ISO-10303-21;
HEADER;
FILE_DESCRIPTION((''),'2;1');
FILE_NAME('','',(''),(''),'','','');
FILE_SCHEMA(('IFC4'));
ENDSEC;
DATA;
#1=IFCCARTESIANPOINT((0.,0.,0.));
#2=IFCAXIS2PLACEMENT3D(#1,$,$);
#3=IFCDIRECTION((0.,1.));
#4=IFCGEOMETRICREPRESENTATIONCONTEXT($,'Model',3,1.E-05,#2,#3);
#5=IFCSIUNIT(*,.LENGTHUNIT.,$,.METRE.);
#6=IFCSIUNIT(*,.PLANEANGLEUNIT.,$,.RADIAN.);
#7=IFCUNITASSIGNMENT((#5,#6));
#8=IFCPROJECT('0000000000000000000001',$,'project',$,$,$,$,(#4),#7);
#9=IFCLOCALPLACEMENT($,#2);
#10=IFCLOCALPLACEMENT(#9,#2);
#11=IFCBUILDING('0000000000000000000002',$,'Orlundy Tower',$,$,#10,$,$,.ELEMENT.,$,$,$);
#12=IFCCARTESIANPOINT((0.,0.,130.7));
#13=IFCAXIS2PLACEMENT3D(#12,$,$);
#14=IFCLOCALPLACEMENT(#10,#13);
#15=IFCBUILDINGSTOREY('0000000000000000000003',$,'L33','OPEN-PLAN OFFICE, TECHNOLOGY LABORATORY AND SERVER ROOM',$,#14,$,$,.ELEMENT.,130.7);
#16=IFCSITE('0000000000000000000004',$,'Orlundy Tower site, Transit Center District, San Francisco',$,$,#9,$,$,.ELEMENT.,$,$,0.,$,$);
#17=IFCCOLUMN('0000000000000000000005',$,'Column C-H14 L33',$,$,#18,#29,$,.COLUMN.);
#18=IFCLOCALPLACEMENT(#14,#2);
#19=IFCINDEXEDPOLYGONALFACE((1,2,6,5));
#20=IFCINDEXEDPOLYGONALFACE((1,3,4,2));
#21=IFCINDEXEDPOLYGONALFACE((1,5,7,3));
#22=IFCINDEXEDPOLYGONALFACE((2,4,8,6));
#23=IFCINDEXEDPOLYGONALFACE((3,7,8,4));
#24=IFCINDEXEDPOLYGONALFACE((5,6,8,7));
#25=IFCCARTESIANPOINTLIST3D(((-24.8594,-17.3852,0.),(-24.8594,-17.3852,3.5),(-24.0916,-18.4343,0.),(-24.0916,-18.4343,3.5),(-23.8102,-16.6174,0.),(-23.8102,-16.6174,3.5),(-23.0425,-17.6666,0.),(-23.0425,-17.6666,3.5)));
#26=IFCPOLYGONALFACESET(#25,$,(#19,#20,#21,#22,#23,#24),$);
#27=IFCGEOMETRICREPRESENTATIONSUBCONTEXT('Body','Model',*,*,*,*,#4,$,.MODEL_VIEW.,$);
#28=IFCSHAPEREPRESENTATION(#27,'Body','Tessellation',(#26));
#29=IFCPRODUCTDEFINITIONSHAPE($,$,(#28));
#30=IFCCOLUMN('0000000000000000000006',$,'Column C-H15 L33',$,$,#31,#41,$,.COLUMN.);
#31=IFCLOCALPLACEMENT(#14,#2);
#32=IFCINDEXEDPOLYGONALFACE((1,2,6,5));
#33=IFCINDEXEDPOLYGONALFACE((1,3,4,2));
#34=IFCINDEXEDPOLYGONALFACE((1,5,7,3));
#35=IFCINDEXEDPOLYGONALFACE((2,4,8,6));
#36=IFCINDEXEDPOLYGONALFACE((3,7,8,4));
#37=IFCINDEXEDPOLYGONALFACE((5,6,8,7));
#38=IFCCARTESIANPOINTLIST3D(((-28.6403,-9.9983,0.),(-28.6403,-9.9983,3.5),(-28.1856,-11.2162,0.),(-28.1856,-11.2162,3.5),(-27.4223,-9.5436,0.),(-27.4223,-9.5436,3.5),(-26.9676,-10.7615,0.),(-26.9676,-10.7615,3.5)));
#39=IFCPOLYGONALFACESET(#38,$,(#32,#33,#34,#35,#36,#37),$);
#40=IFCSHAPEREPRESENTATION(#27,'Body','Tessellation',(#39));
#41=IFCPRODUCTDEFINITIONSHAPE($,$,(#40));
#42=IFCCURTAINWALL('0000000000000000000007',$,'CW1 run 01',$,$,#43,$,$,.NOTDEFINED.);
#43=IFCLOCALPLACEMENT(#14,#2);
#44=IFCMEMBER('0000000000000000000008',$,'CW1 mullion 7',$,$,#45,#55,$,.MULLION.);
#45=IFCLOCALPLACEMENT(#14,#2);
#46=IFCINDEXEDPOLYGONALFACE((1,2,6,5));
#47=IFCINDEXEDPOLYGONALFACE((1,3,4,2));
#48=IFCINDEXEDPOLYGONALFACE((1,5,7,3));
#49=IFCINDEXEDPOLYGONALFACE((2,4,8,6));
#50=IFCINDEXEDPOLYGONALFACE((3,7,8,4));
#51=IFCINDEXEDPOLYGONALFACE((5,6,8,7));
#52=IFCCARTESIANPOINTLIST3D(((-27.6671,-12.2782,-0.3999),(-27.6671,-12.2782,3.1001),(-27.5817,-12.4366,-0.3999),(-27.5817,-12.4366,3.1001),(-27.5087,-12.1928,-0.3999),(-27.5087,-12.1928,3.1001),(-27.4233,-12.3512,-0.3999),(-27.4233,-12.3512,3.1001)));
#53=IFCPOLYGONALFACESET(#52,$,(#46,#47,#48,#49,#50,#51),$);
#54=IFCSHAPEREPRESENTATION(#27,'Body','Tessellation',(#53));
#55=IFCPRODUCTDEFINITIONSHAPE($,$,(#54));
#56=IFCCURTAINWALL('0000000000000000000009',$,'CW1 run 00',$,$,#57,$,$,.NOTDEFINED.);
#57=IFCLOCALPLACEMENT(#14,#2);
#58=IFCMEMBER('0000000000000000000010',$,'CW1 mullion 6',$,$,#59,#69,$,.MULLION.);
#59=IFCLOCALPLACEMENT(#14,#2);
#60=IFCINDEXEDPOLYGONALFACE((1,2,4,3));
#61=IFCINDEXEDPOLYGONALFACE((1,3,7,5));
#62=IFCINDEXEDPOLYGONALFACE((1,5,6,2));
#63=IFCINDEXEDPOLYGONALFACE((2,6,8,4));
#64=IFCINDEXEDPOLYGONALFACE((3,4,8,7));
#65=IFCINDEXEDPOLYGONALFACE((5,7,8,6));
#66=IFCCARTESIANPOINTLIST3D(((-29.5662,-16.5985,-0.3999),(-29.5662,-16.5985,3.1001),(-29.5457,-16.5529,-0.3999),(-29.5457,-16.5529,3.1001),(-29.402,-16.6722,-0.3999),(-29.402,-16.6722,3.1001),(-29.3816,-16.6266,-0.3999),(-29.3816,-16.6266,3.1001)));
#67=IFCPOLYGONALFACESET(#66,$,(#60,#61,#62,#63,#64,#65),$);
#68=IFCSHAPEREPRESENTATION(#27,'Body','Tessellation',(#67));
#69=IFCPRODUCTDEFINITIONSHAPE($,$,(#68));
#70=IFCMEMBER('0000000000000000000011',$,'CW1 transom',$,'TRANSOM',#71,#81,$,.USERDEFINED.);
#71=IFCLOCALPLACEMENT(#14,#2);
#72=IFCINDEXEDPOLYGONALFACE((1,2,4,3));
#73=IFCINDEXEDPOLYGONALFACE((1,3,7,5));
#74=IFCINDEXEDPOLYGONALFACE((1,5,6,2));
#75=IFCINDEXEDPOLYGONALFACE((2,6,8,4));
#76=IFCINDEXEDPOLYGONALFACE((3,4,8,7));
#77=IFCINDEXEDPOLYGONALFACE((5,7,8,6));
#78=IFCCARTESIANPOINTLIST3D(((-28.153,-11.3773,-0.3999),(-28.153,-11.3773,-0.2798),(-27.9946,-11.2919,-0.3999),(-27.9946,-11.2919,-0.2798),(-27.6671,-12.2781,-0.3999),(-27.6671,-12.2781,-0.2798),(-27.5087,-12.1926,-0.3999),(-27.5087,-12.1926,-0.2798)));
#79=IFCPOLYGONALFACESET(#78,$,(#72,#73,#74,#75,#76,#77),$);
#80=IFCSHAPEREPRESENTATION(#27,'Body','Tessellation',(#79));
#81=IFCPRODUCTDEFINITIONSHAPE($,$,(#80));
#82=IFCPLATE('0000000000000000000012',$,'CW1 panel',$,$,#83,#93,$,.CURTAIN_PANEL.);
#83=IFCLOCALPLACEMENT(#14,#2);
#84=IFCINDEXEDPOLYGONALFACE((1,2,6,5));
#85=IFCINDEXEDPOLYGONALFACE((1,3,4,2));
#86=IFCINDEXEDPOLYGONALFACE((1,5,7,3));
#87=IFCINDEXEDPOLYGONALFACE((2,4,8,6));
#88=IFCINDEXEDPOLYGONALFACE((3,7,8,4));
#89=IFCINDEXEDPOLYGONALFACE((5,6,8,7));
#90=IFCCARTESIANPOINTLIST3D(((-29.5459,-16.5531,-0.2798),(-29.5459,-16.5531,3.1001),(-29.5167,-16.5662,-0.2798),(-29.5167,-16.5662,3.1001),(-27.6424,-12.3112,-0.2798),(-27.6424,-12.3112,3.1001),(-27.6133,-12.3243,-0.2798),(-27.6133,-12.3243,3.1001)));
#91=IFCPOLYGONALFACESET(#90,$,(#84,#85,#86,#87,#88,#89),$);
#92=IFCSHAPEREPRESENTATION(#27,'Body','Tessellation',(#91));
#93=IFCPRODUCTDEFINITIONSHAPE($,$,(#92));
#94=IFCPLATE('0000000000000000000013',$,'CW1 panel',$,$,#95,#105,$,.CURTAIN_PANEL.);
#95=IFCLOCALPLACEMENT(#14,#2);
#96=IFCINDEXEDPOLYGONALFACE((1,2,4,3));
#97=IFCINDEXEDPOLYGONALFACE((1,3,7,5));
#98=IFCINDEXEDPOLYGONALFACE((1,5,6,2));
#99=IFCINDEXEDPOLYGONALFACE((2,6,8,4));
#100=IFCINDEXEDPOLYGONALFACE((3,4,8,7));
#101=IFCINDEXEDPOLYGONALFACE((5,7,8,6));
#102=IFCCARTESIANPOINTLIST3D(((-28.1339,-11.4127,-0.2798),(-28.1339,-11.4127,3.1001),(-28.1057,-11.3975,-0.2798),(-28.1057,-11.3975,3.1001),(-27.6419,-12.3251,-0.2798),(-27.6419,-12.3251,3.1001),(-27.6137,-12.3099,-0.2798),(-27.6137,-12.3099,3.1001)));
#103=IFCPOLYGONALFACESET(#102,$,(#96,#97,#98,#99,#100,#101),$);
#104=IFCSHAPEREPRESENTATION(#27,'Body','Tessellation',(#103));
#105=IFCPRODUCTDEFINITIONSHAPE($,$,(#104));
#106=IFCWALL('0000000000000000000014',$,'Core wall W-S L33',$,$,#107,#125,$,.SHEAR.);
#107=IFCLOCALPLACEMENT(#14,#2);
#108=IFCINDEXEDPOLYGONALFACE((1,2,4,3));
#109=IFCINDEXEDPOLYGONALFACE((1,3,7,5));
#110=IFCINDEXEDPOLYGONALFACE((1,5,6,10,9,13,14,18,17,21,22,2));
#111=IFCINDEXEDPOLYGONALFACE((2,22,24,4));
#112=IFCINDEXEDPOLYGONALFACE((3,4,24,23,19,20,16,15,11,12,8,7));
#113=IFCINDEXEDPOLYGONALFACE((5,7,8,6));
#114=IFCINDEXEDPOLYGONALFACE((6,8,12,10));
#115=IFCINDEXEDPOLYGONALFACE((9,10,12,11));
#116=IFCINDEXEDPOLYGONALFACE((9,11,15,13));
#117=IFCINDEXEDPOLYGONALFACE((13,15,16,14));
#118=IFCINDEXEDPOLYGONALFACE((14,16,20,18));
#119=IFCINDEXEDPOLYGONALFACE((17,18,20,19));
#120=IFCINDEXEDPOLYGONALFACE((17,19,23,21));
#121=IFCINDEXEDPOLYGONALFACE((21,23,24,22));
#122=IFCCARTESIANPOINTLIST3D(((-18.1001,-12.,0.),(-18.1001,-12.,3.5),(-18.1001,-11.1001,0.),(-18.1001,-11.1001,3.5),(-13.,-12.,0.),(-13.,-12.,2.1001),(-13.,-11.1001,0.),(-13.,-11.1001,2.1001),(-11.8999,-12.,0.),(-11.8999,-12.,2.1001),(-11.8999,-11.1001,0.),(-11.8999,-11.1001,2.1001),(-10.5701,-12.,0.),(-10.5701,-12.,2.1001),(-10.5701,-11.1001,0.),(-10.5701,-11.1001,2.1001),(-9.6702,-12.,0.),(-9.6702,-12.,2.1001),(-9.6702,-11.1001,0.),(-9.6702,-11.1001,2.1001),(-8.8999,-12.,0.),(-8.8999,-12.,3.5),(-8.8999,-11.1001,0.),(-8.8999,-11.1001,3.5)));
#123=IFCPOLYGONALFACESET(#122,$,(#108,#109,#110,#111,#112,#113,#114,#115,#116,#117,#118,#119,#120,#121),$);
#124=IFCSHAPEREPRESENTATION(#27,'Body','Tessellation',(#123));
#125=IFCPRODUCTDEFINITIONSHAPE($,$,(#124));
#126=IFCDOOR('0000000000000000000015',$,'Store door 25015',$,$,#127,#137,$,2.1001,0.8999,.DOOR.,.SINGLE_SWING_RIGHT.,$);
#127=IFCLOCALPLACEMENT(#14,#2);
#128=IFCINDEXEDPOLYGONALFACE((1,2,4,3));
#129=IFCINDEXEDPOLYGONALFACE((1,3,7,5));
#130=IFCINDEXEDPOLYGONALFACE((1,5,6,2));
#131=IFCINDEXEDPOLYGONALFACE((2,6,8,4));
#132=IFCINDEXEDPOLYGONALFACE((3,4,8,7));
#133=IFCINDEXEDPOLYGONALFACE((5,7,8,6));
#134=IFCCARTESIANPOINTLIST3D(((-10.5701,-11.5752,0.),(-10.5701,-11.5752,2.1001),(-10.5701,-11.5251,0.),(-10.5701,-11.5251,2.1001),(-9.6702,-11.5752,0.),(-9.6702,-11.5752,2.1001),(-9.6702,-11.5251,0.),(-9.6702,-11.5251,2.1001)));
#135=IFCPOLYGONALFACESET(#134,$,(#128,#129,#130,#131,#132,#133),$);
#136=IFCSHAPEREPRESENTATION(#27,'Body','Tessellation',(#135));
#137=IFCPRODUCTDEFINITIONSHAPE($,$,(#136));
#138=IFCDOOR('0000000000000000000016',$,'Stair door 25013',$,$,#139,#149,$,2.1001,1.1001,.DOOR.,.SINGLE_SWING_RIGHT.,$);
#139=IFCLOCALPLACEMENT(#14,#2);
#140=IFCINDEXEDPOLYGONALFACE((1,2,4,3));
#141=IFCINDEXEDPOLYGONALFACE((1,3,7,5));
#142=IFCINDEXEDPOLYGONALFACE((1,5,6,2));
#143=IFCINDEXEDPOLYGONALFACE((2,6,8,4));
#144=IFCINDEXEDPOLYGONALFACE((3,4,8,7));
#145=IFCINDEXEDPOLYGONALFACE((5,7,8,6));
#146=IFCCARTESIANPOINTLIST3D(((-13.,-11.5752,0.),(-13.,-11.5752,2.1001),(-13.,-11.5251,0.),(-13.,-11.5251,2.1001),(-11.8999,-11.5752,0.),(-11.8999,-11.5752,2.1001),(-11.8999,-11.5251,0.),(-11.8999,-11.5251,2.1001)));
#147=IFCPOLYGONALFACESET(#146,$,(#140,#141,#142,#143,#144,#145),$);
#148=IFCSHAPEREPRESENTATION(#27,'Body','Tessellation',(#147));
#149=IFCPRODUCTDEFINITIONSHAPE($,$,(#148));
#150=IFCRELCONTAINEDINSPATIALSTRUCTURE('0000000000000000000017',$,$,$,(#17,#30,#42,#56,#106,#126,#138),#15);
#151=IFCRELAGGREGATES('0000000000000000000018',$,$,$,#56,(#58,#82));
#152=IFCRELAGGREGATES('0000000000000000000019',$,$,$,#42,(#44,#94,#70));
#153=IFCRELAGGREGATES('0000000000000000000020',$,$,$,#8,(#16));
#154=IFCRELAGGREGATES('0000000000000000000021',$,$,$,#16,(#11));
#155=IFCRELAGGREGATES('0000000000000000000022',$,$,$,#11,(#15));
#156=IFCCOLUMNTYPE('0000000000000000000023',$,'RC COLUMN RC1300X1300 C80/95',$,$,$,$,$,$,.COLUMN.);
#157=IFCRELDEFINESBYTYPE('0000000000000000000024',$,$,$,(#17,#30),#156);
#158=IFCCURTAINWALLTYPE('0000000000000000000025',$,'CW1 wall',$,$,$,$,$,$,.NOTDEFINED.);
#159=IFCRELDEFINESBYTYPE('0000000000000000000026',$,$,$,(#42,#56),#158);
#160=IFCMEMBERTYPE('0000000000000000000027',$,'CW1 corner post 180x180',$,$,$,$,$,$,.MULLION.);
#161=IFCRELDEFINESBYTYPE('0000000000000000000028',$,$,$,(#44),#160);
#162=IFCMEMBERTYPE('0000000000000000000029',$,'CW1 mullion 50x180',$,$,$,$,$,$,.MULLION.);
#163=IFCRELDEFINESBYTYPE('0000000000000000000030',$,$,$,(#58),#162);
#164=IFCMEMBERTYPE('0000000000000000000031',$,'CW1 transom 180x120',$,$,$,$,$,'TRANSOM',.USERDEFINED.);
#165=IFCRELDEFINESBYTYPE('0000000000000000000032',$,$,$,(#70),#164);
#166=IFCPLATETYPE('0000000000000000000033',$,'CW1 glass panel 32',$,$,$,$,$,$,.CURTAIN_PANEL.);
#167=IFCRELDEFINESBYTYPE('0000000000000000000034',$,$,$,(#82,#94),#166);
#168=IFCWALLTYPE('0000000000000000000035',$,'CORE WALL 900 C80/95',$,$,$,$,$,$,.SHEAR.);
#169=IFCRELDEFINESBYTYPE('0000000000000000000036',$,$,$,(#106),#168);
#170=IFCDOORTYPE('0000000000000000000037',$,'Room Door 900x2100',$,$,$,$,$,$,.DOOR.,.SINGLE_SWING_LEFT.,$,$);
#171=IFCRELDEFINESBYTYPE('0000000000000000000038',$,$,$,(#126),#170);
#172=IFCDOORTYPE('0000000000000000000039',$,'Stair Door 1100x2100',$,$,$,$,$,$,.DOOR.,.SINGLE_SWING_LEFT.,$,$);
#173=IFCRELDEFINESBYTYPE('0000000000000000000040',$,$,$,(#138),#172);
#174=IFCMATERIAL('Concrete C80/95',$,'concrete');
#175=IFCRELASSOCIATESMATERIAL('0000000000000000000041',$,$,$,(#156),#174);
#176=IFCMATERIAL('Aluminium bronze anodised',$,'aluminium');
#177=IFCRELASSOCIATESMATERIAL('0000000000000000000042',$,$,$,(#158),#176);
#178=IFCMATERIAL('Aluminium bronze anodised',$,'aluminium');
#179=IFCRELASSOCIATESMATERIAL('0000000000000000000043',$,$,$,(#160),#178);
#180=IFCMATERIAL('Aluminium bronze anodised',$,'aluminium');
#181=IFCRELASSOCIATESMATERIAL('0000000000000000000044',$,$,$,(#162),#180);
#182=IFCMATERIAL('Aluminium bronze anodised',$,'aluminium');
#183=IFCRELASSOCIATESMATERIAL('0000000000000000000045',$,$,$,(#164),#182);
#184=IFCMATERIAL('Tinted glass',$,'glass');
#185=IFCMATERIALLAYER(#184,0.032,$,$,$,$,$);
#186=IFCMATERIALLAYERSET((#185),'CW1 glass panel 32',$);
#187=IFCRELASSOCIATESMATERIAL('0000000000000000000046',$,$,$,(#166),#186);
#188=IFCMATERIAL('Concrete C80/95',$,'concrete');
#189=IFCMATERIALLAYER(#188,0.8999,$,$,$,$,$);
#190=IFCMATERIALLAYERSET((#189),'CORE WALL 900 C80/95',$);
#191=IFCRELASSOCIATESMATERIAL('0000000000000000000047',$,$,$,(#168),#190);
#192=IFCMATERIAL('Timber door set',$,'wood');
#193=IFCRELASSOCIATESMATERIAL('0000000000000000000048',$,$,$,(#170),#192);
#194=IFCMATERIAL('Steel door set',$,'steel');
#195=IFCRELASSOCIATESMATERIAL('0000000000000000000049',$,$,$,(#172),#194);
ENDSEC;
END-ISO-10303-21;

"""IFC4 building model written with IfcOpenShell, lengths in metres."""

from ifc_helpers import new_model, si_unit, direction, frame, frame_2d, origin, origin_2d, place, context, subcontext, project, spatial, rectangle, extrude, material, layer, layer_set, material_profile, profile_set, type_object, element, fill, aggregate, save


model = new_model("IFC4")

# Units and contexts
model_context = context("Model", 3, precision=1e-05, world=origin(), true_north=direction((0.0, 1.0)))
body_context = subcontext(model_context, "Body", "Model", "MODEL_VIEW")
ifc_project = project(units=[si_unit("LENGTHUNIT", "METRE"), si_unit("PLANEANGLEUNIT", "RADIAN")], contexts=[model_context])

# Site, building, storey
site_placement = place(None, origin())
site = spatial("IfcSite", under=ifc_project, at=site_placement, Name="Orlundy Tower site, Transit Center District, San Francisco", CompositionType="ELEMENT", RefElevation=0.0)
building_placement = place(site_placement, origin())
building = spatial("IfcBuilding", under=site, at=building_placement, Name="Orlundy Tower", CompositionType="ELEMENT")
storey_placement = place(building_placement, frame((0.0, 0.0, 130.7)))
storey = spatial("IfcBuildingStorey", under=building, at=storey_placement, Name="L33", Description="OPEN-PLAN OFFICE, TECHNOLOGY LABORATORY AND SERVER ROOM", CompositionType="ELEMENT", Elevation=130.7)

# Columns
ifc_material_1 = material(Name="Concrete C80/95", Category="concrete")
ifc_material_profile_1 = material_profile(ifc_material_1, rectangle(XDim=1.3, YDim=1.3, at=origin_2d()), Name="RC1300X1300")
ifc_profile_set_1 = profile_set([ifc_material_profile_1], Name="Concrete C80/95")
column_type = type_object("IfcColumnType", Name="RC COLUMN RC1300X1300 C80/95", PredefinedType="COLUMN", material=ifc_profile_set_1)
for number, where, z_axis, x_axis, name in (
    (1, (-23.9509, -17.5259, 0.0), (0.0, 0.0, 1.0), (-0.807012, -0.590535, 0.0), "Column C-H14 L33"),
    (2, (-27.804, -10.3799, 0.0), (0.0, 0.0, 1.0), (-0.936843, -0.34975, 0.0), "Column C-H15 L33"),
):
    element("IfcColumn", number, at=place(storey_placement, frame(where, z_axis=z_axis, x_axis=x_axis)), inside=storey, type_object=column_type, Name=name, PredefinedType="COLUMN", context=body_context, shape_type="SweptSolid", body=[
        extrude(rectangle(XDim=1.3, YDim=1.3, at=origin_2d()), origin(), (0.0, 0.0, 1.0), 3.5),
    ])

# Curtain walls, members
ifc_material_2 = material(Name="Aluminium bronze anodised", Category="aluminium")
curtain_wall_type = type_object("IfcCurtainWallType", Name="CW1 wall", PredefinedType="NOTDEFINED", material=ifc_material_2)
curtain_wall_1_placement = place(storey_placement, origin())
curtain_wall_1 = element("IfcCurtainWall", 3, at=curtain_wall_1_placement, inside=storey, type_object=curtain_wall_type, Name="CW1 run 01", PredefinedType="NOTDEFINED")
ifc_material_3 = material(Name="Aluminium bronze anodised", Category="aluminium")
ifc_material_profile_2 = material_profile(ifc_material_3, rectangle(XDim=0.1799, YDim=0.1799, at=origin_2d()), Name="CW1 corner post 180x180")
ifc_profile_set_2 = profile_set([ifc_material_profile_2], Name="Aluminium bronze anodised")
member_type_1 = type_object("IfcMemberType", Name="CW1 corner post 180x180", PredefinedType="MULLION", material=ifc_profile_set_2)
member_1_placement = place(storey_placement, frame((-27.5452, -12.3147, -0.3999), z_axis=(0.0, 0.0, 1.0), x_axis=(-0.880189, -0.474624, 0.0)))
member_1 = element("IfcMember", 4, at=member_1_placement, type_object=member_type_1, Name="CW1 mullion 7", PredefinedType="MULLION", context=body_context, shape_type="SweptSolid", body=[
    extrude(rectangle(XDim=0.1799, YDim=0.1799, at=origin_2d()), origin(), (0.0, 0.0, 1.0), 3.5),
])
curtain_wall_2_placement = place(storey_placement, origin())
curtain_wall_2 = element("IfcCurtainWall", 5, at=curtain_wall_2_placement, inside=storey, type_object=curtain_wall_type, Name="CW1 run 00", PredefinedType="NOTDEFINED")
ifc_material_4 = material(Name="Aluminium bronze anodised", Category="aluminium")
ifc_material_profile_3 = material_profile(ifc_material_4, rectangle(XDim=0.1799, YDim=0.05, at=origin_2d()), Name="CW1 mullion 50x180")
ifc_profile_set_3 = profile_set([ifc_material_profile_3], Name="Aluminium bronze anodised")
member_type_2 = type_object("IfcMemberType", Name="CW1 mullion 50x180", PredefinedType="MULLION", material=ifc_profile_set_3)
member_2_placement = place(storey_placement, frame((-29.4739, -16.6125, -0.3999), z_axis=(0.0, 0.0, 1.0), x_axis=(-0.912353, 0.409404, 0.0)))
member_2 = element("IfcMember", 6, at=member_2_placement, type_object=member_type_2, Name="CW1 mullion 6", PredefinedType="MULLION", context=body_context, shape_type="SweptSolid", body=[
    extrude(rectangle(XDim=0.1799, YDim=0.05, at=origin_2d()), origin(), (0.0, 0.0, 1.0), 3.5),
])

# Member
ifc_material_5 = material(Name="Aluminium bronze anodised", Category="aluminium")
ifc_material_profile_4 = material_profile(ifc_material_5, rectangle(XDim=0.1799, YDim=0.1201, at=origin_2d()), Name="CW1 transom 180x120")
ifc_profile_set_4 = profile_set([ifc_material_profile_4], Name="Aluminium bronze anodised")
member_type_3 = type_object("IfcMemberType", Name="CW1 transom 180x120", ElementType="TRANSOM", PredefinedType="USERDEFINED", material=ifc_profile_set_4)
member_3_placement = place(storey_placement, frame((-27.5879, -12.2354, -0.3398), z_axis=(-0.474768, 0.880111, 0.0), x_axis=(-0.880111, -0.474768, 0.0)))
member_3 = element("IfcMember", 7, at=member_3_placement, type_object=member_type_3, Name="CW1 transom", ObjectType="TRANSOM", PredefinedType="USERDEFINED", context=body_context, shape_type="SweptSolid", body=[
    extrude(rectangle(XDim=0.1799, YDim=0.1201, at=origin_2d()), origin(), (0.0, 0.0, 1.0), 1.0234),
])

# Plates
ifc_material_6 = material(Name="Tinted glass", Category="glass")
ifc_layer_1 = layer(ifc_material_6, 0.032)
ifc_layer_set_1 = layer_set([ifc_layer_1], Name="CW1 glass panel 32")
plate_type = type_object("IfcPlateType", Name="CW1 glass panel 32", PredefinedType="CURTAIN_PANEL", material=ifc_layer_set_1)
plate_1_placement = place(storey_placement, frame((-28.5796, -14.4387, -0.2798), z_axis=(0.0, 0.0, 1.0), x_axis=(0.409404, 0.912353, 0.0)))
plate_1 = element("IfcPlate", 8, at=plate_1_placement, type_object=plate_type, Name="CW1 panel", PredefinedType="CURTAIN_PANEL", context=body_context, shape_type="SweptSolid", body=[
    extrude(rectangle(XDim=4.6494, YDim=0.032, at=origin_2d()), origin(), (0.0, 0.0, 1.0), 3.3799),
])
aggregate(curtain_wall_2, [member_2, plate_1])
plate_2_placement = place(storey_placement, frame((-27.8738, -11.8613, -0.2798), z_axis=(0.0, 0.0, 1.0), x_axis=(-0.474624, 0.880189, 0.0)))
plate_2 = element("IfcPlate", 9, at=plate_2_placement, type_object=plate_type, Name="CW1 panel", PredefinedType="CURTAIN_PANEL", context=body_context, shape_type="SweptSolid", body=[
    extrude(rectangle(XDim=1.0366, YDim=0.032, at=origin_2d()), origin(), (0.0, 0.0, 1.0), 3.3799),
])
aggregate(curtain_wall_1, [member_1, plate_2, member_3])

# Wall, openings, doors
ifc_material_7 = material(Name="Concrete C80/95", Category="concrete")
ifc_layer_2 = layer(ifc_material_7, 0.8999)
ifc_layer_set_2 = layer_set([ifc_layer_2], Name="CORE WALL 900 C80/95")
wall_type_1 = type_object("IfcWallType", Name="CORE WALL 900 C80/95", PredefinedType="SHEAR", material=ifc_layer_set_2)
wall_1_placement = place(storey_placement, frame((-18.1001, -11.55, 0.0), z_axis=(0.0, 0.0, 1.0), x_axis=(1.0, 0.0, 0.0)))
wall_1 = element("IfcWall", 10, at=wall_1_placement, inside=storey, type_object=wall_type_1, Name="Core wall W-S L33", PredefinedType="SHEAR", context=body_context, shape_type="SweptSolid", body=[
    extrude(rectangle(XDim=9.2002, YDim=0.8999, at=frame_2d((4.6001, 0.0))), origin(), (0.0, 0.0, 1.0), 3.5),
])
opening_1_placement = place(wall_1_placement, frame((5.1001, 0.0, 0.0)))
opening_1 = element("IfcOpeningElement", 11, at=opening_1_placement, cuts=wall_1, PredefinedType="OPENING", context=body_context, shape_type="SweptSolid", body=[
    extrude(rectangle(XDim=1.1001, YDim=2.1001, at=frame_2d((0.55, 1.05))), frame((0.0, 0.46, 0.0), z_axis=(0.0, -1.0, 0.0), x_axis=(1.0, 0.0, 0.0)), (0.0, 0.0, 1.0), 0.9199),
])
opening_2_placement = place(wall_1_placement, frame((7.53, 0.0, 0.0)))
opening_2 = element("IfcOpeningElement", 12, at=opening_2_placement, cuts=wall_1, PredefinedType="OPENING", context=body_context, shape_type="SweptSolid", body=[
    extrude(rectangle(XDim=0.8999, YDim=2.1001, at=frame_2d((0.45, 1.05))), frame((0.0, 0.46, 0.0), z_axis=(0.0, -1.0, 0.0), x_axis=(1.0, 0.0, 0.0)), (0.0, 0.0, 1.0), 0.9199),
])
ifc_material_8 = material(Name="Timber door set", Category="wood")
door_type_1 = type_object("IfcDoorType", Name="Room Door 900x2100", OperationType="SINGLE_SWING_LEFT", PredefinedType="DOOR", material=ifc_material_8)
door_1_placement = place(opening_2_placement, origin())
door_1 = element("IfcDoor", 13, at=door_1_placement, inside=storey, type_object=door_type_1, Name="Store door 25015", OperationType="SINGLE_SWING_RIGHT", OverallHeight=2.1001, OverallWidth=0.8999, PredefinedType="DOOR", context=body_context, shape_type="SweptSolid", body=[
    extrude(rectangle(XDim=0.8999, YDim=2.1001, at=frame_2d((0.45, 1.05))), frame((0.0, 0.0249, 0.0), z_axis=(0.0, -1.0, 0.0), x_axis=(1.0, 0.0, 0.0)), (0.0, 0.0, 1.0), 0.05),
])
fill(opening_2, door_1)
ifc_material_9 = material(Name="Steel door set", Category="steel")
door_type_2 = type_object("IfcDoorType", Name="Stair Door 1100x2100", OperationType="SINGLE_SWING_LEFT", PredefinedType="DOOR", material=ifc_material_9)
door_2_placement = place(opening_1_placement, origin())
door_2 = element("IfcDoor", 14, at=door_2_placement, inside=storey, type_object=door_type_2, Name="Stair door 25013", OperationType="SINGLE_SWING_RIGHT", OverallHeight=2.1001, OverallWidth=1.1001, PredefinedType="DOOR", context=body_context, shape_type="SweptSolid", body=[
    extrude(rectangle(XDim=1.1001, YDim=2.1001, at=frame_2d((0.55, 1.05))), frame((0.0, 0.0249, 0.0), z_axis=(0.0, -1.0, 0.0), x_axis=(1.0, 0.0, 0.0)), (0.0, 0.0, 1.0), 0.05),
])
fill(opening_1, door_2)

save(model, "model.ifc")
